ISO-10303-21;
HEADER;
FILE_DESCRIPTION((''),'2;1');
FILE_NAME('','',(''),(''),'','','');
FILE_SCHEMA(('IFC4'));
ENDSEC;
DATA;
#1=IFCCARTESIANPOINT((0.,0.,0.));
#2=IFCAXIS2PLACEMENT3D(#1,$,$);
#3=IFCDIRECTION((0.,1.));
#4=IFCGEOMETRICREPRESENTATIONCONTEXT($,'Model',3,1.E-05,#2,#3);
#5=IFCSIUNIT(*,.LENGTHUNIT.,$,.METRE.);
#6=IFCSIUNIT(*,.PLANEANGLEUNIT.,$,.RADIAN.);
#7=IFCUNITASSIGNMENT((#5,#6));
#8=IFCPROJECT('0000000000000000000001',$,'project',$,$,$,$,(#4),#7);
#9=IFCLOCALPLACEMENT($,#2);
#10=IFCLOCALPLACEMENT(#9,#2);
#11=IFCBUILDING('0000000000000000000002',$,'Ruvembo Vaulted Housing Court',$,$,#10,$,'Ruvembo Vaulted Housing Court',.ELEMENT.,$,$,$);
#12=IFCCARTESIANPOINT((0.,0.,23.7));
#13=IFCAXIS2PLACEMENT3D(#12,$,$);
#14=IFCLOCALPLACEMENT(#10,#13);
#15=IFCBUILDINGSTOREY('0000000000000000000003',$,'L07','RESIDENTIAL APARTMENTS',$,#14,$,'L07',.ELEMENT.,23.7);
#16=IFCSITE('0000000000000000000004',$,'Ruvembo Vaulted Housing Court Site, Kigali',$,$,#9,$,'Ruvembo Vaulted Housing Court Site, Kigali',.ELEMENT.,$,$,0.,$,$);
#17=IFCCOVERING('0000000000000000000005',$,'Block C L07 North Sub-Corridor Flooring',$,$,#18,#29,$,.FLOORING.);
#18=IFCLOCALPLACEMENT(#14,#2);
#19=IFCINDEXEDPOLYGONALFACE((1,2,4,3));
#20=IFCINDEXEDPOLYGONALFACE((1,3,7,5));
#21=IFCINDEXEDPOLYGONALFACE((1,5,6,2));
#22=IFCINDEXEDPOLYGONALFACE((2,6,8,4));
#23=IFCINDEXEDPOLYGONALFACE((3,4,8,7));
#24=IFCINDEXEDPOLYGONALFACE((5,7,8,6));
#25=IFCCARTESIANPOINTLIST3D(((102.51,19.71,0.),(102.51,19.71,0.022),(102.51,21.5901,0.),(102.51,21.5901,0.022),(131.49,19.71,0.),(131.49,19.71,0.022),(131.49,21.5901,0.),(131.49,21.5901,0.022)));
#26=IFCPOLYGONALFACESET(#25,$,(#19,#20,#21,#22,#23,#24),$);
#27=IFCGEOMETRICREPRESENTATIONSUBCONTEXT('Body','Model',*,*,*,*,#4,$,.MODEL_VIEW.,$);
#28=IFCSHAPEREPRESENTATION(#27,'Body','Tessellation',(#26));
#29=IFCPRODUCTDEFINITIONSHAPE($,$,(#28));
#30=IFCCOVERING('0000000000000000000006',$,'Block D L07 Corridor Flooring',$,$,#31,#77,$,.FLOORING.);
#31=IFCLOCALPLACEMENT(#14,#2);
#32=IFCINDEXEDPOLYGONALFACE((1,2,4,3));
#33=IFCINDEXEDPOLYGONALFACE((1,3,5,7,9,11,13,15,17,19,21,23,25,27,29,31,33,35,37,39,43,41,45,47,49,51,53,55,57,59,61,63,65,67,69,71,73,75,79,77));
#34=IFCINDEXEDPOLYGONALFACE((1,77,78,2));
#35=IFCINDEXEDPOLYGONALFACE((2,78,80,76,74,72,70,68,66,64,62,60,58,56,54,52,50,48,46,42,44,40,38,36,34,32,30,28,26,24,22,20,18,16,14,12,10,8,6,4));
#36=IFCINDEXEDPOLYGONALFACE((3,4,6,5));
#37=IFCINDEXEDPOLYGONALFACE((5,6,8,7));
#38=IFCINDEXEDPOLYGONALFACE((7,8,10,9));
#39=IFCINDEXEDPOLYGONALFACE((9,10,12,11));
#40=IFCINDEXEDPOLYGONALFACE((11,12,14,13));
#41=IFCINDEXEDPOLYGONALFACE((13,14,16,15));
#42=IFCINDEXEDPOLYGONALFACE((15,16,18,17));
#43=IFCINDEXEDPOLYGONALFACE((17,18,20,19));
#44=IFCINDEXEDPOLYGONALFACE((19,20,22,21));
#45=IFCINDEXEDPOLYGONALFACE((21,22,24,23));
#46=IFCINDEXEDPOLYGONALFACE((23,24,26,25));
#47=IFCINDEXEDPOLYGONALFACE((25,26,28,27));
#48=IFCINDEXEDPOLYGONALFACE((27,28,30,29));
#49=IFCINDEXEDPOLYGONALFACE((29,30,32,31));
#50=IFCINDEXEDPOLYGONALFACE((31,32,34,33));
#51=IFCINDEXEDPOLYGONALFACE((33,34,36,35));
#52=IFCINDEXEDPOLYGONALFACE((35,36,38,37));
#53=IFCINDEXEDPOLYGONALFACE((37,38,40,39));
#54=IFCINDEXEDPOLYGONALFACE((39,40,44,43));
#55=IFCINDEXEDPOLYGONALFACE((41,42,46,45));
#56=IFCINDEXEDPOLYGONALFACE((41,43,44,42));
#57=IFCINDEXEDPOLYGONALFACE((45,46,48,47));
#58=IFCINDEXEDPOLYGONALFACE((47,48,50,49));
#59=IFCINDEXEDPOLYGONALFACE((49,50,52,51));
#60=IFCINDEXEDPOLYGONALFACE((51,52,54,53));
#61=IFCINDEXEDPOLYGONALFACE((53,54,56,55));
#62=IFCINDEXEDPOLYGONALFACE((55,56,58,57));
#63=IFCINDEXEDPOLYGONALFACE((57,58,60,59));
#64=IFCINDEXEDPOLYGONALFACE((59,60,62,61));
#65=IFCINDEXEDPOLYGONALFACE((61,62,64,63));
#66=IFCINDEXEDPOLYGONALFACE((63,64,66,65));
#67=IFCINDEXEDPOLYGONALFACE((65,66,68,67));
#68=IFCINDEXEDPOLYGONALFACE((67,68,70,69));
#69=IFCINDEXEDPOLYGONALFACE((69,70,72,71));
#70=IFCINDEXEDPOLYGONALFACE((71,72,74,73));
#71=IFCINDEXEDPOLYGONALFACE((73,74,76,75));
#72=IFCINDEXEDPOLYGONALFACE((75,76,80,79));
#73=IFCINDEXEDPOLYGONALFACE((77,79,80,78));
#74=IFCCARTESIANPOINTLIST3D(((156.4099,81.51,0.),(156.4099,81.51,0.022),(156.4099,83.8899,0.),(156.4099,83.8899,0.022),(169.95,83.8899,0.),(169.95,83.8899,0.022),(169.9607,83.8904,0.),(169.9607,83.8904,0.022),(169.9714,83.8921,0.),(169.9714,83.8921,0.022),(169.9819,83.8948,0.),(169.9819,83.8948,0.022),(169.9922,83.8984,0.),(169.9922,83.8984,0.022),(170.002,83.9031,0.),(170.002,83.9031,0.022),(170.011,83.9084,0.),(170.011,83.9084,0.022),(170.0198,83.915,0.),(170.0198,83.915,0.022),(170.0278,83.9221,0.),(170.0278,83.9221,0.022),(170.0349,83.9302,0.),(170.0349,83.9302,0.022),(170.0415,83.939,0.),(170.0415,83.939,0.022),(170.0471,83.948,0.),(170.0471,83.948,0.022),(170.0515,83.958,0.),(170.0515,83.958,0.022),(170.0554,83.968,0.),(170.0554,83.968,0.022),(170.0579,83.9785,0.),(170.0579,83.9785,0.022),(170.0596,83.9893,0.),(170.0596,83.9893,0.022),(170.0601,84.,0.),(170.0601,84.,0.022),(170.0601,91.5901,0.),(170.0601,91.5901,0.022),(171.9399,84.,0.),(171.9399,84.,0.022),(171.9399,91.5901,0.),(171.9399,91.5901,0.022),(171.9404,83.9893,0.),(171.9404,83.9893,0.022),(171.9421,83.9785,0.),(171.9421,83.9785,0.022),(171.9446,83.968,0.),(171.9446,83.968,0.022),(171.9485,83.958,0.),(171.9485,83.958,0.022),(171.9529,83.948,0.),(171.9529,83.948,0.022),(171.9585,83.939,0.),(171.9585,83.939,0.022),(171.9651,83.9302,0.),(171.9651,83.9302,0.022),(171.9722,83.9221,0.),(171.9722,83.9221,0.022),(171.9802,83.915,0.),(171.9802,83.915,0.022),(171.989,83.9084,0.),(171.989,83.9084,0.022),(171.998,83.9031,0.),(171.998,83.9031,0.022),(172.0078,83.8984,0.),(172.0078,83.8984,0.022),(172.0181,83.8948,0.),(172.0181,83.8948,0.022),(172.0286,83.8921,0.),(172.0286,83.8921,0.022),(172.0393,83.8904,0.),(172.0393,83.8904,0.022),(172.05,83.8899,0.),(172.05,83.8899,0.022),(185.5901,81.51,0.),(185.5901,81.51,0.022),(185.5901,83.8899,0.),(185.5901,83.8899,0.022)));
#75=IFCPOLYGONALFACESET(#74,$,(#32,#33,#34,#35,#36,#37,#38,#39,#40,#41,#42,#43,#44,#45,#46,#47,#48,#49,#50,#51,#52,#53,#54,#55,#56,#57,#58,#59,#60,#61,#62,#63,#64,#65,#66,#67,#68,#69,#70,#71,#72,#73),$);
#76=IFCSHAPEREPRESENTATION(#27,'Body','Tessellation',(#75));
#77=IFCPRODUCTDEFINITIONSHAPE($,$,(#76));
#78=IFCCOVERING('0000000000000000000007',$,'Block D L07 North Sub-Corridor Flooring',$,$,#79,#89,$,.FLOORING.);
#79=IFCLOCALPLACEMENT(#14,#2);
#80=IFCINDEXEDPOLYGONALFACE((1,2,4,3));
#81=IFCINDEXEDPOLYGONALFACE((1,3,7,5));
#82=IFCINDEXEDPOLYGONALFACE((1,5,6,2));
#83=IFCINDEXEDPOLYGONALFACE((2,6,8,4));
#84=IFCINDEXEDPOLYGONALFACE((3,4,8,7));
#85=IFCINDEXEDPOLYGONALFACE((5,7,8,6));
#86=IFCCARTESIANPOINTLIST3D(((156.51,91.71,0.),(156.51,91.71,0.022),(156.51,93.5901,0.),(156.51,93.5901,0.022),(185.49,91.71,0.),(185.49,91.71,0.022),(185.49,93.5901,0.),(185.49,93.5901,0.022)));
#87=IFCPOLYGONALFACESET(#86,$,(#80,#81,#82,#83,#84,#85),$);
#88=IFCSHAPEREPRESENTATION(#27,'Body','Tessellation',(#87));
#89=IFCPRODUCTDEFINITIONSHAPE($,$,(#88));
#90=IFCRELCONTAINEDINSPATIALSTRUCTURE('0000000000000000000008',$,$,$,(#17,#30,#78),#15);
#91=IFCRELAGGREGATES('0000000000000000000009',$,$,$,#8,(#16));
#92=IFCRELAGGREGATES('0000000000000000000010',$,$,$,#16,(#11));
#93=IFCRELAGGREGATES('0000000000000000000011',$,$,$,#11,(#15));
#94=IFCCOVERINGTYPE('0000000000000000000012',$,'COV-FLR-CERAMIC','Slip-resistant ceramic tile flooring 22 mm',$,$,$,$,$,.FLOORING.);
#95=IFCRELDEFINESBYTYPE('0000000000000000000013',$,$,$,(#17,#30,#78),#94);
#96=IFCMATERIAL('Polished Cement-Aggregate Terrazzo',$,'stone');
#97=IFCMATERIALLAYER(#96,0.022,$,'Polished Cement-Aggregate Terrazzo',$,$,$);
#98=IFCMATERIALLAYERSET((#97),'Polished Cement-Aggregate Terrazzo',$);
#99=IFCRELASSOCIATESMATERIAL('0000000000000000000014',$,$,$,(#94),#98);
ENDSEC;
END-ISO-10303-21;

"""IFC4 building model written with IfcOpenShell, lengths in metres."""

from ifc_helpers import new_model, si_unit, direction, frame, origin, place, context, subcontext, project, spatial, polyline, outline, extrude, material, layer, layer_set, type_object, element, save


model = new_model("IFC4")

# Units and contexts
model_context = context("Model", 3, precision=1e-05, world=origin(), true_north=direction((0.0, 1.0)))
body_context = subcontext(model_context, "Body", "Model", "MODEL_VIEW")
ifc_project = project(units=[si_unit("LENGTHUNIT", "METRE"), si_unit("PLANEANGLEUNIT", "RADIAN")], contexts=[model_context])

# Site, building, storey
site_placement = place(None, origin())
site = spatial("IfcSite", under=ifc_project, at=site_placement, Name="Ruvembo Vaulted Housing Court Site, Kigali", LongName="Ruvembo Vaulted Housing Court Site, Kigali", CompositionType="ELEMENT", RefElevation=0.0)
building_placement = place(site_placement, origin())
building = spatial("IfcBuilding", under=site, at=building_placement, Name="Ruvembo Vaulted Housing Court", LongName="Ruvembo Vaulted Housing Court", CompositionType="ELEMENT")
storey_placement = place(building_placement, frame((0.0, 0.0, 23.7)))
storey = spatial("IfcBuildingStorey", under=building, at=storey_placement, Name="L07", Description="RESIDENTIAL APARTMENTS", LongName="L07", CompositionType="ELEMENT", Elevation=23.7)

# Coverings
ifc_material_1 = material(Name="Polished Cement-Aggregate Terrazzo", Category="stone")
ifc_layer_1 = layer(ifc_material_1, 0.022, Name="Polished Cement-Aggregate Terrazzo")
ifc_layer_set_1 = layer_set([ifc_layer_1], Name="Polished Cement-Aggregate Terrazzo")
covering_type_1 = type_object("IfcCoveringType", Name="COV-FLR-CERAMIC", Description="Slip-resistant ceramic tile flooring 22 mm", PredefinedType="FLOORING", material=ifc_layer_set_1)
covering_1_placement = place(storey_placement, origin())
element("IfcCovering", 1, at=covering_1_placement, inside=storey, type_object=covering_type_1, Name="Block C L07 North Sub-Corridor Flooring", PredefinedType="FLOORING", context=body_context, shape_type="SweptSolid", body=[
    extrude(outline(polyline([(102.51, 19.71), (131.49, 19.71), (131.49, 21.5901), (102.51, 21.5901), (102.51, 19.71)])), origin(), (0.0, 0.0, 1.0), 0.022),
])
covering_2_placement = place(storey_placement, origin())
element("IfcCovering", 2, at=covering_2_placement, inside=storey, type_object=covering_type_1, Name="Block D L07 Corridor Flooring", PredefinedType="FLOORING", context=body_context, shape_type="SweptSolid", body=[
    extrude(outline(polyline([(185.5901, 81.51), (185.5901, 83.8899), (172.05, 83.8899), (172.0393, 83.8904), (172.0286, 83.8921), (172.0181, 83.8948), (172.0078, 83.8984), (171.998, 83.9031), (171.989, 83.9084), (171.9802, 83.915), (171.9722, 83.9221), (171.9651, 83.9302), (171.9585, 83.939), (171.9529, 83.948), (171.9485, 83.958), (171.9446, 83.968), (171.9421, 83.9785), (171.9404, 83.9893), (171.9399, 84.0), (171.9399, 91.5901), (170.0601, 91.5901), (170.0601, 84.0), (170.0596, 83.9893), (170.0579, 83.9785), (170.0554, 83.968), (170.0515, 83.958), (170.0471, 83.948), (170.0415, 83.939), (170.0349, 83.9302), (170.0278, 83.9221), (170.0198, 83.915), (170.011, 83.9084), (170.002, 83.9031), (169.9922, 83.8984), (169.9819, 83.8948), (169.9714, 83.8921), (169.9607, 83.8904), (169.95, 83.8899), (156.4099, 83.8899), (156.4099, 81.51), (185.5901, 81.51)])), origin(), (0.0, 0.0, 1.0), 0.022),
])
covering_3_placement = place(storey_placement, origin())
element("IfcCovering", 3, at=covering_3_placement, inside=storey, type_object=covering_type_1, Name="Block D L07 North Sub-Corridor Flooring", PredefinedType="FLOORING", context=body_context, shape_type="SweptSolid", body=[
    extrude(outline(polyline([(156.51, 91.71), (185.49, 91.71), (185.49, 93.5901), (156.51, 93.5901), (156.51, 91.71)])), origin(), (0.0, 0.0, 1.0), 0.022),
])

save(model, "model.ifc")
